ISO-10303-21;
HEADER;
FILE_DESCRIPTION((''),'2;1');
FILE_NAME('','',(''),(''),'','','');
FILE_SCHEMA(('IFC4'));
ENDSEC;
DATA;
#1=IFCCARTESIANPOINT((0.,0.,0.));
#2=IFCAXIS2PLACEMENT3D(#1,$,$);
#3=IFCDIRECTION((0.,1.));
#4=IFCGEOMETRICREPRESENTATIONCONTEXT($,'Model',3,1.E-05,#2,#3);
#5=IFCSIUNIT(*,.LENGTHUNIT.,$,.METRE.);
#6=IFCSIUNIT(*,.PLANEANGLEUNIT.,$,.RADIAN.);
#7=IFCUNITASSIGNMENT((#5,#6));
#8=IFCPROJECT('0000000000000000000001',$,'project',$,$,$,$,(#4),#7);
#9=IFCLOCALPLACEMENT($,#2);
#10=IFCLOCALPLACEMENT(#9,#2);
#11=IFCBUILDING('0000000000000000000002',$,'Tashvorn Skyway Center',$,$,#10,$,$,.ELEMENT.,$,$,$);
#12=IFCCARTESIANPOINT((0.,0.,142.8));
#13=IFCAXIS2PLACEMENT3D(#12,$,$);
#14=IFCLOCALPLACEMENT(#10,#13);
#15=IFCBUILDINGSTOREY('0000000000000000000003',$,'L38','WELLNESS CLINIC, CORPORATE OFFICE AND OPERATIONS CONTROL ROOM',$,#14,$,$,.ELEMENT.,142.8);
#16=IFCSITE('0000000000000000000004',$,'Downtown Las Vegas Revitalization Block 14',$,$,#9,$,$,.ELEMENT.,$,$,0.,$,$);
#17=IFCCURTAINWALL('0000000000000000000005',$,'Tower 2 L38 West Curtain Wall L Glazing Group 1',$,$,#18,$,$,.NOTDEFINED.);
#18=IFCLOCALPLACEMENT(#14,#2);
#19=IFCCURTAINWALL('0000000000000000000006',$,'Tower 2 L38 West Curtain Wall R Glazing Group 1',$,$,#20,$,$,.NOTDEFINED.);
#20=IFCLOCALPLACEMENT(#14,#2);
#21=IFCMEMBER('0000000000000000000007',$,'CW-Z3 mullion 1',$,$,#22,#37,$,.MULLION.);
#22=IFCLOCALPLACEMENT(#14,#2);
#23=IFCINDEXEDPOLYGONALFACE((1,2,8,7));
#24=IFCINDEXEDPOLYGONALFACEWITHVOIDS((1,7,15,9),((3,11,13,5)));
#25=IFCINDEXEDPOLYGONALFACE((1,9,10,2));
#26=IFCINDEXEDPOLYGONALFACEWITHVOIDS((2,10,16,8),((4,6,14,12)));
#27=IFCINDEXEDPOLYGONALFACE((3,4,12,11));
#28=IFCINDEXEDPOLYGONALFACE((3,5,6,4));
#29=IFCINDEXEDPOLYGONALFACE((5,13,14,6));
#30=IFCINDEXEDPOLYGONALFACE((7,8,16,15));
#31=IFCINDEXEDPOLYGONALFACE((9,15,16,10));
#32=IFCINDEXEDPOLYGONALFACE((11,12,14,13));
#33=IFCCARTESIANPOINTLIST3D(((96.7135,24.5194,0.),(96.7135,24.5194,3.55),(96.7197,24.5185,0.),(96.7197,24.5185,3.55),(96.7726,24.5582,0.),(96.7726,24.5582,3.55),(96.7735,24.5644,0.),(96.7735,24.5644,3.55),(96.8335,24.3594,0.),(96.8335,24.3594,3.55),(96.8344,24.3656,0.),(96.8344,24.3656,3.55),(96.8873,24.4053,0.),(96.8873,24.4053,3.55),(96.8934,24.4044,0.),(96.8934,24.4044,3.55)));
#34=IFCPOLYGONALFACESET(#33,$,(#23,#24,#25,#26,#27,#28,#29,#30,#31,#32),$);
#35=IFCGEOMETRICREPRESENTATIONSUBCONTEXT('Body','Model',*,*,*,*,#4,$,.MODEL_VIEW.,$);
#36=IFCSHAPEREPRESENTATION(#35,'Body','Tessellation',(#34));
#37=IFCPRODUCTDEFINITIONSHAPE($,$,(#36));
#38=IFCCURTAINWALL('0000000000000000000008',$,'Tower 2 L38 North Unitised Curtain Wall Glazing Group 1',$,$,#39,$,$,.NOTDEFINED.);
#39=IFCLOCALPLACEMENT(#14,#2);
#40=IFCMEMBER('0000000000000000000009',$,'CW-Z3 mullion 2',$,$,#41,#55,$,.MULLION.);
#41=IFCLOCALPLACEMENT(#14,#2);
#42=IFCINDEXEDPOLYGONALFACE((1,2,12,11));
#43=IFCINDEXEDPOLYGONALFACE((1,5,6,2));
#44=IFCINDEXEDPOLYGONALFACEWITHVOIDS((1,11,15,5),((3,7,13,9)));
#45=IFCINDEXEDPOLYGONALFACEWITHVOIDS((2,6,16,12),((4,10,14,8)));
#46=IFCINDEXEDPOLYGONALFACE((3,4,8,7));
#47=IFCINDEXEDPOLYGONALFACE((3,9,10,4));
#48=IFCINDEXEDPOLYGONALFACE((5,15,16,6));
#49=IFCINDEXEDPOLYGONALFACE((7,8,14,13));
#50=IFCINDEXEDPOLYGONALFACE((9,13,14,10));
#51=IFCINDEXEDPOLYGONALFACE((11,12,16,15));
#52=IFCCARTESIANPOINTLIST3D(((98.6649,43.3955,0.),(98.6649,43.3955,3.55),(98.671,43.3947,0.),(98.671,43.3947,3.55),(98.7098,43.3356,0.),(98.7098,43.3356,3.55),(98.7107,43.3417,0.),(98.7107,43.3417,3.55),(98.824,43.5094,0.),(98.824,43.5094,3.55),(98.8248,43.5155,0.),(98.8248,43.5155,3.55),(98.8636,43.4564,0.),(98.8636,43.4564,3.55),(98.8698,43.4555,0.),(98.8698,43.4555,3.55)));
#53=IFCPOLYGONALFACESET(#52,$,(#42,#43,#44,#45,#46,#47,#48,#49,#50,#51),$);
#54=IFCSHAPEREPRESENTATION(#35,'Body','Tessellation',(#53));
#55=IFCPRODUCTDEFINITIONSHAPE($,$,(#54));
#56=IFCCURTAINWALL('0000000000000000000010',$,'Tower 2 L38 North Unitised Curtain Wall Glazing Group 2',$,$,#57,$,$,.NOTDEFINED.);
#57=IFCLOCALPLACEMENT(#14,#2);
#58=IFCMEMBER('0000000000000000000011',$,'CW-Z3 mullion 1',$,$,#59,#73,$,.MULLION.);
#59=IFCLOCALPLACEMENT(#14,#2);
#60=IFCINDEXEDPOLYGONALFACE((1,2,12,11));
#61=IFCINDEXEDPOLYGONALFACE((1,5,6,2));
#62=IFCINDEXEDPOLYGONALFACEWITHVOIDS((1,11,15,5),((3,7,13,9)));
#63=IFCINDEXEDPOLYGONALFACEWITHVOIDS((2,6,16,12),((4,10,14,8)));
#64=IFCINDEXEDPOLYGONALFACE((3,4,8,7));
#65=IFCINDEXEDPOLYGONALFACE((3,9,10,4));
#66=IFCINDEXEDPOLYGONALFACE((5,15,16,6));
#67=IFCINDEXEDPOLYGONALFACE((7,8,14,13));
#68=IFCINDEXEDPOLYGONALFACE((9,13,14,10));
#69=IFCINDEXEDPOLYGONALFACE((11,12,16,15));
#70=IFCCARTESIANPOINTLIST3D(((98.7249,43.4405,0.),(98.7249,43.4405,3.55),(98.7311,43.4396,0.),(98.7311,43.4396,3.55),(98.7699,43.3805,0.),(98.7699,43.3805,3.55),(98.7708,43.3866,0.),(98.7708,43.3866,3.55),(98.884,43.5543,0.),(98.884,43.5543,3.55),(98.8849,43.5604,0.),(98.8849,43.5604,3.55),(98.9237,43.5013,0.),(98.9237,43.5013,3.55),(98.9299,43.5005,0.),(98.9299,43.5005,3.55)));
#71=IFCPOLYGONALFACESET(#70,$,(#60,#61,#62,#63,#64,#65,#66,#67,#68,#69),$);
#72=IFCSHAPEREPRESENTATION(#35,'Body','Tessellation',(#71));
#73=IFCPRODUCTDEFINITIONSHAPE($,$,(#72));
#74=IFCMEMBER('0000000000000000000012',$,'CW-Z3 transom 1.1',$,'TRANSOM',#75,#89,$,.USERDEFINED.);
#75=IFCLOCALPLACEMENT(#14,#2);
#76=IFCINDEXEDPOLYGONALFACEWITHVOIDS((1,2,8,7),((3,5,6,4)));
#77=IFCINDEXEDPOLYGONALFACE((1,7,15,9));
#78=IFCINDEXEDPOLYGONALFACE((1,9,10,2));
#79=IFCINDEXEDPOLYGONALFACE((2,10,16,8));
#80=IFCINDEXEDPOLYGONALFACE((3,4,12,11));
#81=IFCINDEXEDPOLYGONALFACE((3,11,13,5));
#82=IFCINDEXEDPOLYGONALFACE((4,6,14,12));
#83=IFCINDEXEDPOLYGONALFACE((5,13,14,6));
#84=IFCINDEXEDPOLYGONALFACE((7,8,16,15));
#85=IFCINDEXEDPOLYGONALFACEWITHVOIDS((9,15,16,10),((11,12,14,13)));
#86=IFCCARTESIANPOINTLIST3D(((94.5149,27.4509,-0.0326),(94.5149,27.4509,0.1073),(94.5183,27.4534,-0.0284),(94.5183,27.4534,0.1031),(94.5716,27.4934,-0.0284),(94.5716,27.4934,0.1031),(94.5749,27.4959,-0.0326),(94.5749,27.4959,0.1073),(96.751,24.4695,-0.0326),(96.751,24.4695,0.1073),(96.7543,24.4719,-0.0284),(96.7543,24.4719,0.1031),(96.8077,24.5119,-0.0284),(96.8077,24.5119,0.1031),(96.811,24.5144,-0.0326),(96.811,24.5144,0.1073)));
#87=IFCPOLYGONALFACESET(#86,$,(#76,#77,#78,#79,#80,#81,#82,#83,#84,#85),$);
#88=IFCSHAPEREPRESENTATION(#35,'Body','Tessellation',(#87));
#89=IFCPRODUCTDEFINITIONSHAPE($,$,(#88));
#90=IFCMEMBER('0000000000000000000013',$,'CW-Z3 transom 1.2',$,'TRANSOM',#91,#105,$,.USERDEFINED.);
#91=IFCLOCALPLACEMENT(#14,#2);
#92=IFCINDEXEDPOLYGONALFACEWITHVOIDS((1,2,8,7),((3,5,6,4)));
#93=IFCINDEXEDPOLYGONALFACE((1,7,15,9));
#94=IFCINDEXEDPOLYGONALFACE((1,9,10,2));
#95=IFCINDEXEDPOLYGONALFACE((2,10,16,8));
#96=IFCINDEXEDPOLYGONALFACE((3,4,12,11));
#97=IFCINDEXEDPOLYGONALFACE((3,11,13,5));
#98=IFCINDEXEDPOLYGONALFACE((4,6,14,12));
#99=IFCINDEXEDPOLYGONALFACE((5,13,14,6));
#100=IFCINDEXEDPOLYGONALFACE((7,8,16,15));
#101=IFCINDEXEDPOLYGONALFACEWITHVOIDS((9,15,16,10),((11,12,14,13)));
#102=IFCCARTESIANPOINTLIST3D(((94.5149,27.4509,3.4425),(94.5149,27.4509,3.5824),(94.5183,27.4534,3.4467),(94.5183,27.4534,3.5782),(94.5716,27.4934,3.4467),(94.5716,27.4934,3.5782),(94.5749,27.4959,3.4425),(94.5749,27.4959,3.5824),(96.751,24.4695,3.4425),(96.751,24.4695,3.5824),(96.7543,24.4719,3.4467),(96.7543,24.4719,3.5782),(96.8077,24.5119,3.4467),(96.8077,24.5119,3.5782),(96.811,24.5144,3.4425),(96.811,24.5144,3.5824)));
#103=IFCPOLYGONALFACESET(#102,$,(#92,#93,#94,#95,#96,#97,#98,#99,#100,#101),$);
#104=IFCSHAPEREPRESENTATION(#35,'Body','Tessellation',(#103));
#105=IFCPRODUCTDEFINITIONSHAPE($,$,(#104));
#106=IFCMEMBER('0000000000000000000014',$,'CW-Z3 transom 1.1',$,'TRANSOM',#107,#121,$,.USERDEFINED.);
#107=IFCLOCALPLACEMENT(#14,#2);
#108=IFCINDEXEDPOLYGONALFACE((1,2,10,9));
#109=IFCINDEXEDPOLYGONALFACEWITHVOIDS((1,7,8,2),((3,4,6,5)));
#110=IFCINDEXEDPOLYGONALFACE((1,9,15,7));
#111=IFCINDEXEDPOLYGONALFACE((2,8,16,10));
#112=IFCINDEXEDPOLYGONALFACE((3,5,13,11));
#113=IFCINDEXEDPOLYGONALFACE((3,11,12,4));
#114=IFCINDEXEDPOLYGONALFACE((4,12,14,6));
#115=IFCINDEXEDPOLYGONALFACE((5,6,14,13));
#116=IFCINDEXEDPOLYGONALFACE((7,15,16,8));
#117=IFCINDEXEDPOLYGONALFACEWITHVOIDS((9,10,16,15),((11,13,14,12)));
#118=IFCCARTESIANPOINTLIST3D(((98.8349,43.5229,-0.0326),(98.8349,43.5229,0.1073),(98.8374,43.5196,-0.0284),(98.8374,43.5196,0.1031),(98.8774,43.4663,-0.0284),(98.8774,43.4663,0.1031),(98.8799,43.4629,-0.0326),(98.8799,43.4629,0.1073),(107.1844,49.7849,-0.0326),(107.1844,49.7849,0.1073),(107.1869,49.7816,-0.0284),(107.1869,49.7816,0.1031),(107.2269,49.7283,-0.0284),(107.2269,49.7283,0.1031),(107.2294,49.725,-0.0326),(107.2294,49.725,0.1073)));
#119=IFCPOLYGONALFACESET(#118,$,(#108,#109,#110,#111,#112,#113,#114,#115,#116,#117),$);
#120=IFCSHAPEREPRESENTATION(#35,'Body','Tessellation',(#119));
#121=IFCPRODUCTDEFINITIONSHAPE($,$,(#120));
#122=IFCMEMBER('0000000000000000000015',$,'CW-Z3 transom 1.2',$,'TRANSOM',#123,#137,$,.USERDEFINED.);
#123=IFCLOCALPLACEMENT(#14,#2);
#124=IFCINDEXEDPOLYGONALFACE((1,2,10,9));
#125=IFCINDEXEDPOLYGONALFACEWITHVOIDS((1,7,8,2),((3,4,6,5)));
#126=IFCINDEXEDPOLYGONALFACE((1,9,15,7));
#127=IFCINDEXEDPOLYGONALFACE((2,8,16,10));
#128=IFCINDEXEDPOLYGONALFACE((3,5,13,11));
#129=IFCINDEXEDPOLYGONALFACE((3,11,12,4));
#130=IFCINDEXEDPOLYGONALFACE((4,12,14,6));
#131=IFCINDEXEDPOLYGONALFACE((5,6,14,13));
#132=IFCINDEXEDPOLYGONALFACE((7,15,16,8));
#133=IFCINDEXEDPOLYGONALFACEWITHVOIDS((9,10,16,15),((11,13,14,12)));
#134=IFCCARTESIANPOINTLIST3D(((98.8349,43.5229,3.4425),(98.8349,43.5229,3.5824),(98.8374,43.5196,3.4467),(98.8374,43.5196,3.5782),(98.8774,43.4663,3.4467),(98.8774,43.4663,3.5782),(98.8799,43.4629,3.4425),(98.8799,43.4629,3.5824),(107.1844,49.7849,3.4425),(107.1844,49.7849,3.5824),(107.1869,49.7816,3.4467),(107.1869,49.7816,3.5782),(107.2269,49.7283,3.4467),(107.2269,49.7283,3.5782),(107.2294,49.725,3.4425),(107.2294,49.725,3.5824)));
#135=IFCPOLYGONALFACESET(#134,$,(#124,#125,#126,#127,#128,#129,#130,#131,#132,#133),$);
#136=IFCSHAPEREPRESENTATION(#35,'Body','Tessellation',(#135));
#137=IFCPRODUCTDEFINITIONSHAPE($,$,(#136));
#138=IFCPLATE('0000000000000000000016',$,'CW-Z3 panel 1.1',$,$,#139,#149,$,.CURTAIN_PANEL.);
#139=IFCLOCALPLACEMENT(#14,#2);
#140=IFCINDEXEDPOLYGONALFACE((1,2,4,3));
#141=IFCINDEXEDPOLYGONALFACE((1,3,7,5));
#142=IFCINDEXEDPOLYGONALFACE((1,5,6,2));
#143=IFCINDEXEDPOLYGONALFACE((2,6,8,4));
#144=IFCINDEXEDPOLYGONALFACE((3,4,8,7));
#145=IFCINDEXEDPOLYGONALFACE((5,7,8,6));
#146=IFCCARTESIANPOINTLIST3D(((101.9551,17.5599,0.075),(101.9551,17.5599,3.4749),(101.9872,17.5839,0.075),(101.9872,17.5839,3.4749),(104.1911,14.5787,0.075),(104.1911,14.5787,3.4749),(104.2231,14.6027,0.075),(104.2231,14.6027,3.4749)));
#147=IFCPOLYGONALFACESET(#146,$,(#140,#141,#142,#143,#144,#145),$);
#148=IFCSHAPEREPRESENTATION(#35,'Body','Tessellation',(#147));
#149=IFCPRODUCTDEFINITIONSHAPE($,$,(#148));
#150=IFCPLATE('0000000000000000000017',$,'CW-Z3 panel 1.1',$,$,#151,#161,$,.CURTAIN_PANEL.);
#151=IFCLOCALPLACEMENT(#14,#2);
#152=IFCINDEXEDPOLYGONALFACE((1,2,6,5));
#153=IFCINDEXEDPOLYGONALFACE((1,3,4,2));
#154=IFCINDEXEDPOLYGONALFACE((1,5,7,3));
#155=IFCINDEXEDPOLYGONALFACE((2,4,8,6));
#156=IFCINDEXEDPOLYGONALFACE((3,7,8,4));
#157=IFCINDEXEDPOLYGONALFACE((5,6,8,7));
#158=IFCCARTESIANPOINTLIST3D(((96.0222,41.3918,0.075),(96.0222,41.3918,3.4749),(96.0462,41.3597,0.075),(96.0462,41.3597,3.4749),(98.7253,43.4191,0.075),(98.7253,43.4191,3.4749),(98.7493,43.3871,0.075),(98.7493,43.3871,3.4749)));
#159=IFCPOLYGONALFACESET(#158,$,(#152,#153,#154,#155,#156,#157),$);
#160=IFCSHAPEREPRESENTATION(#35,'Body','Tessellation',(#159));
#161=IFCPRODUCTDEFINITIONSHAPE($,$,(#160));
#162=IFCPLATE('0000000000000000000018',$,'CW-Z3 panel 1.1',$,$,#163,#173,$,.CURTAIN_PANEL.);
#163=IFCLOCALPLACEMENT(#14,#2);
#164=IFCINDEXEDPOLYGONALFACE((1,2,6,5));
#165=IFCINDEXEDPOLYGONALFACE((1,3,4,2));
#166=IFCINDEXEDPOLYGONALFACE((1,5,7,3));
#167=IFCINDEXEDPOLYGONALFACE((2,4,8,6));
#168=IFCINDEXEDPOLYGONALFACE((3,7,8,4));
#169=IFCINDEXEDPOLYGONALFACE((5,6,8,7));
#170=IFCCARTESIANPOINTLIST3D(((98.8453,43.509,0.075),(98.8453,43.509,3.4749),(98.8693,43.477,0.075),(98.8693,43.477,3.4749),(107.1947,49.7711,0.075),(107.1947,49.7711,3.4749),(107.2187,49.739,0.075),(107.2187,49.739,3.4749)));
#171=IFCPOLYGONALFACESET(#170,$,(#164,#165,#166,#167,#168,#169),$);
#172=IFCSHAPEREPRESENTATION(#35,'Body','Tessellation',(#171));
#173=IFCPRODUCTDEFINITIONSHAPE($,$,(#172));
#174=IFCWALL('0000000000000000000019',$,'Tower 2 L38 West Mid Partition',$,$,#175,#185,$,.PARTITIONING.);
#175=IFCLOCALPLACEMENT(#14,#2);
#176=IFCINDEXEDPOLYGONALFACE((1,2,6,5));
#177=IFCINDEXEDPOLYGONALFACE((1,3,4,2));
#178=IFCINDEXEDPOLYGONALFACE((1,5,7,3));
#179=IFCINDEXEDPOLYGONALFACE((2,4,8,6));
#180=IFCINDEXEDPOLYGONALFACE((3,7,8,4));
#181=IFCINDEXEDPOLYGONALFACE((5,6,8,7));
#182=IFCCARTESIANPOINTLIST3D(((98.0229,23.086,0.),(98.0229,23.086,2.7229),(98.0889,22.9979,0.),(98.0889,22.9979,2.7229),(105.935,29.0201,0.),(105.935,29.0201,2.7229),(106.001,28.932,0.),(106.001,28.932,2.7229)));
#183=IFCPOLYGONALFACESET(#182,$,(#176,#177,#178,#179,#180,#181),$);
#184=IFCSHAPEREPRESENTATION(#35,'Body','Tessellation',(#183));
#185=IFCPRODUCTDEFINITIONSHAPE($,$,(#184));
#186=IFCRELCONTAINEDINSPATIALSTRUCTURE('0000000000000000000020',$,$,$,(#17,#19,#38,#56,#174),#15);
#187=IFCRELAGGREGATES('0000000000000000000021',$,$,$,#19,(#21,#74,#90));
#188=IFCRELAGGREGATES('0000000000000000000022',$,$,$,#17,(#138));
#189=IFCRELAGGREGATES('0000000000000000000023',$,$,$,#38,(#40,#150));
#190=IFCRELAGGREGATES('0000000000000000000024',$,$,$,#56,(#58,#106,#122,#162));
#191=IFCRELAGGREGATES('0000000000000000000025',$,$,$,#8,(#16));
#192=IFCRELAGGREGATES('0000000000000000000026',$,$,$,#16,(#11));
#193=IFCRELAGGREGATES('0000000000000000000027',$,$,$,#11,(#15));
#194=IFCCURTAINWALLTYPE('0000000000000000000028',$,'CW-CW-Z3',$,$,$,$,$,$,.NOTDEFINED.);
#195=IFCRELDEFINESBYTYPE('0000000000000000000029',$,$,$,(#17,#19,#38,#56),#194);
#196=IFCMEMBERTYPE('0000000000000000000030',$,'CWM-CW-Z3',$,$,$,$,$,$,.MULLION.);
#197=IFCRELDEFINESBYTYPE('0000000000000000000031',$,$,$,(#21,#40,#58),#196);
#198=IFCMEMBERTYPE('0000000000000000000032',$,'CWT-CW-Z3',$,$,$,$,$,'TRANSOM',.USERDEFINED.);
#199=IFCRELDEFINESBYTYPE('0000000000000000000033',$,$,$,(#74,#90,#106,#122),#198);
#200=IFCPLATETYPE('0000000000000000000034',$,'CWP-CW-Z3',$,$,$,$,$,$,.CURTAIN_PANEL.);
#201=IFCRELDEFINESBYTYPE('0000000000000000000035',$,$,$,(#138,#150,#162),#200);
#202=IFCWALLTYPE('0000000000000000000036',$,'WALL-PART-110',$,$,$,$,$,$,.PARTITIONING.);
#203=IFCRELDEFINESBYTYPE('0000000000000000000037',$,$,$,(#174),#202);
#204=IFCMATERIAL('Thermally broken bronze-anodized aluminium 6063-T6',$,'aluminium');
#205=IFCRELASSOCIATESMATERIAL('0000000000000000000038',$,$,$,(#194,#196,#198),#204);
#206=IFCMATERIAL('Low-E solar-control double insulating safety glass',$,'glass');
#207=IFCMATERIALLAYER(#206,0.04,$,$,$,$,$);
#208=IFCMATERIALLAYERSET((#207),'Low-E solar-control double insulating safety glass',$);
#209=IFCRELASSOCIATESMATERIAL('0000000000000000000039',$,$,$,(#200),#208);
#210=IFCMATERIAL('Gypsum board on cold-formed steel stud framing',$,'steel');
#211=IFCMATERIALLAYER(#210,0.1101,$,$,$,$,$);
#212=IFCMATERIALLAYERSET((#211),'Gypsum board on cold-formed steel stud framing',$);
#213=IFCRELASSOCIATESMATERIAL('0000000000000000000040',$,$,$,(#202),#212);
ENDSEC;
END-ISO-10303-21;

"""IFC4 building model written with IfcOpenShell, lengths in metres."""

from ifc_helpers import new_model, si_unit, direction, frame, frame_2d, origin, origin_2d, place, context, subcontext, project, spatial, rectangle, hollow_rectangle, extrude, material, layer, layer_set, material_profile, profile_set, type_object, element, aggregate, save


model = new_model("IFC4")

# Units and contexts
model_context = context("Model", 3, precision=1e-05, world=origin(), true_north=direction((0.0, 1.0)))
body_context = subcontext(model_context, "Body", "Model", "MODEL_VIEW")
ifc_project = project(units=[si_unit("LENGTHUNIT", "METRE"), si_unit("PLANEANGLEUNIT", "RADIAN")], contexts=[model_context])

# Site, building, storey
site_placement = place(None, origin())
site = spatial("IfcSite", under=ifc_project, at=site_placement, Name="Downtown Las Vegas Revitalization Block 14", CompositionType="ELEMENT", RefElevation=0.0)
building_placement = place(site_placement, origin())
building = spatial("IfcBuilding", under=site, at=building_placement, Name="Tashvorn Skyway Center", CompositionType="ELEMENT")
storey_placement = place(building_placement, frame((0.0, 0.0, 142.8)))
storey = spatial("IfcBuildingStorey", under=building, at=storey_placement, Name="L38", Description="WELLNESS CLINIC, CORPORATE OFFICE AND OPERATIONS CONTROL ROOM", CompositionType="ELEMENT", Elevation=142.8)

# Curtain walls, members
ifc_material_1 = material(Name="Thermally broken bronze-anodized aluminium 6063-T6", Category="aluminium")
curtain_wall_type = type_object("IfcCurtainWallType", Name="CW-CW-Z3", PredefinedType="NOTDEFINED", material=ifc_material_1)
curtain_wall_1_placement = place(storey_placement, origin())
curtain_wall_1 = element("IfcCurtainWall", 1, at=curtain_wall_1_placement, inside=storey, type_object=curtain_wall_type, Name="Tower 2 L38 West Curtain Wall L Glazing Group 1", PredefinedType="NOTDEFINED")
ifc_material_profile_1 = material_profile(ifc_material_1, hollow_rectangle(XDim=0.075, YDim=0.2, WallThickness=0.0044, at=origin_2d()), Name="ALU-MULL-75x200")
ifc_profile_set_1 = profile_set([ifc_material_profile_1], Name="Thermally broken bronze-anodized aluminium 6063-T6")
member_type_1 = type_object("IfcMemberType", Name="CWM-CW-Z3", PredefinedType="MULLION", material=ifc_profile_set_1)
curtain_wall_2_placement = place(storey_placement, origin())
curtain_wall_2 = element("IfcCurtainWall", 2, at=curtain_wall_2_placement, inside=storey, type_object=curtain_wall_type, Name="Tower 2 L38 West Curtain Wall R Glazing Group 1", PredefinedType="NOTDEFINED")
member_1_placement = place(storey_placement, frame((96.8035, 24.4619, 0.0), z_axis=(0.0, 0.0, 1.0), x_axis=(-0.799997, -0.600004, 0.0)))
member_1 = element("IfcMember", 3, at=member_1_placement, type_object=member_type_1, Name="CW-Z3 mullion 1", PredefinedType="MULLION", context=body_context, shape_type="SweptSolid", body=[
    extrude(hollow_rectangle(XDim=0.075, YDim=0.2, WallThickness=0.0044, at=origin_2d()), origin(), (0.0, 0.0, 1.0), 3.55),
])
curtain_wall_3_placement = place(storey_placement, origin())
curtain_wall_3 = element("IfcCurtainWall", 4, at=curtain_wall_3_placement, inside=storey, type_object=curtain_wall_type, Name="Tower 2 L38 North Unitised Curtain Wall Glazing Group 1", PredefinedType="NOTDEFINED")
member_2_placement = place(storey_placement, frame((98.7673, 43.4255, 0.0), z_axis=(0.0, 0.0, 1.0), x_axis=(-0.599995, 0.800003, 0.0)))
member_2 = element("IfcMember", 5, at=member_2_placement, type_object=member_type_1, Name="CW-Z3 mullion 2", PredefinedType="MULLION", context=body_context, shape_type="SweptSolid", body=[
    extrude(hollow_rectangle(XDim=0.075, YDim=0.2, WallThickness=0.0044, at=origin_2d()), origin(), (0.0, 0.0, 1.0), 3.55),
])
curtain_wall_4_placement = place(storey_placement, origin())
curtain_wall_4 = element("IfcCurtainWall", 6, at=curtain_wall_4_placement, inside=storey, type_object=curtain_wall_type, Name="Tower 2 L38 North Unitised Curtain Wall Glazing Group 2", PredefinedType="NOTDEFINED")
member_3_placement = place(storey_placement, frame((98.8274, 43.4705, 0.0), z_axis=(0.0, 0.0, 1.0), x_axis=(-0.599997, 0.800002, 0.0)))
member_3 = element("IfcMember", 7, at=member_3_placement, type_object=member_type_1, Name="CW-Z3 mullion 1", PredefinedType="MULLION", context=body_context, shape_type="SweptSolid", body=[
    extrude(hollow_rectangle(XDim=0.075, YDim=0.2, WallThickness=0.0044, at=origin_2d()), origin(), (0.0, 0.0, 1.0), 3.55),
])

# Members
ifc_material_profile_2 = material_profile(ifc_material_1, hollow_rectangle(XDim=0.075, YDim=0.1399, WallThickness=0.0042, at=origin_2d()), Name="ALU-TRAN-75x140")
ifc_profile_set_2 = profile_set([ifc_material_profile_2], Name="Thermally broken bronze-anodized aluminium 6063-T6")
member_type_2 = type_object("IfcMemberType", Name="CWT-CW-Z3", ElementType="TRANSOM", PredefinedType="USERDEFINED", material=ifc_profile_set_2)
member_4_placement = place(storey_placement, frame((96.781, 24.4919, 0.0374), z_axis=(-0.6, 0.8, 0.0), x_axis=(-0.8, -0.6, 0.0)))
member_4 = element("IfcMember", 8, at=member_4_placement, type_object=member_type_2, Name="CW-Z3 transom 1.1", ObjectType="TRANSOM", PredefinedType="USERDEFINED", context=body_context, shape_type="SweptSolid", body=[
    extrude(hollow_rectangle(XDim=0.075, YDim=0.1399, WallThickness=0.0042, at=origin_2d()), origin(), (0.0, 0.0, 1.0), 3.7268),
])
member_5_placement = place(storey_placement, frame((96.781, 24.4919, 3.5125), z_axis=(-0.6, 0.8, 0.0), x_axis=(-0.8, -0.6, 0.0)))
member_5 = element("IfcMember", 9, at=member_5_placement, type_object=member_type_2, Name="CW-Z3 transom 1.2", ObjectType="TRANSOM", PredefinedType="USERDEFINED", context=body_context, shape_type="SweptSolid", body=[
    extrude(hollow_rectangle(XDim=0.075, YDim=0.1399, WallThickness=0.0042, at=origin_2d()), origin(), (0.0, 0.0, 1.0), 3.7268),
])
aggregate(curtain_wall_2, [member_1, member_4, member_5])
member_6_placement = place(storey_placement, frame((98.8574, 43.4929, 0.0374), z_axis=(0.800003, 0.599996, 0.0), x_axis=(-0.599996, 0.800003, 0.0)))
member_6 = element("IfcMember", 10, at=member_6_placement, type_object=member_type_2, Name="CW-Z3 transom 1.1", ObjectType="TRANSOM", PredefinedType="USERDEFINED", context=body_context, shape_type="SweptSolid", body=[
    extrude(hollow_rectangle(XDim=0.075, YDim=0.1399, WallThickness=0.0042, at=origin_2d()), origin(), (0.0, 0.0, 1.0), 10.4368),
])
member_7_placement = place(storey_placement, frame((98.8574, 43.4929, 3.5125), z_axis=(0.800003, 0.599996, 0.0), x_axis=(-0.599996, 0.800003, 0.0)))
member_7 = element("IfcMember", 11, at=member_7_placement, type_object=member_type_2, Name="CW-Z3 transom 1.2", ObjectType="TRANSOM", PredefinedType="USERDEFINED", context=body_context, shape_type="SweptSolid", body=[
    extrude(hollow_rectangle(XDim=0.075, YDim=0.1399, WallThickness=0.0042, at=origin_2d()), origin(), (0.0, 0.0, 1.0), 10.4368),
])

# Plates
ifc_material_2 = material(Name="Low-E solar-control double insulating safety glass", Category="glass")
ifc_layer_1 = layer(ifc_material_2, 0.04)
ifc_layer_set_1 = layer_set([ifc_layer_1], Name="Low-E solar-control double insulating safety glass")
plate_type = type_object("IfcPlateType", Name="CWP-CW-Z3", PredefinedType="CURTAIN_PANEL", material=ifc_layer_set_1)
plate_1_placement = place(storey_placement, frame((103.0891, 16.0813, 0.075), z_axis=(0.0, 0.0, 1.0), x_axis=(-0.600004, 0.799997, 0.0)))
plate_1 = element("IfcPlate", 12, at=plate_1_placement, type_object=plate_type, Name="CW-Z3 panel 1.1", PredefinedType="CURTAIN_PANEL", context=body_context, shape_type="SweptSolid", body=[
    extrude(rectangle(XDim=3.7266, YDim=0.04, at=origin_2d()), origin(), (0.0, 0.0, 1.0), 3.3999),
])
aggregate(curtain_wall_1, [plate_1])
plate_2_placement = place(storey_placement, frame((97.3857, 42.3894, 0.075), z_axis=(0.0, 0.0, 1.0), x_axis=(0.800003, 0.599995, 0.0)))
plate_2 = element("IfcPlate", 13, at=plate_2_placement, type_object=plate_type, Name="CW-Z3 panel 1.1", PredefinedType="CURTAIN_PANEL", context=body_context, shape_type="SweptSolid", body=[
    extrude(rectangle(XDim=3.3789, YDim=0.04, at=origin_2d()), origin(), (0.0, 0.0, 1.0), 3.3999),
])
aggregate(curtain_wall_3, [member_2, plate_2])
plate_3_placement = place(storey_placement, frame((103.032, 46.624, 0.075), z_axis=(0.0, 0.0, 1.0), x_axis=(0.800002, 0.599997, 0.0)))
plate_3 = element("IfcPlate", 14, at=plate_3_placement, type_object=plate_type, Name="CW-Z3 panel 1.1", PredefinedType="CURTAIN_PANEL", context=body_context, shape_type="SweptSolid", body=[
    extrude(rectangle(XDim=10.4368, YDim=0.04, at=origin_2d()), origin(), (0.0, 0.0, 1.0), 3.3999),
])
aggregate(curtain_wall_4, [member_3, member_6, member_7, plate_3])

# Wall
ifc_material_3 = material(Name="Gypsum board on cold-formed steel stud framing", Category="steel")
ifc_layer_2 = layer(ifc_material_3, 0.1101)
ifc_layer_set_2 = layer_set([ifc_layer_2], Name="Gypsum board on cold-formed steel stud framing")
wall_type_1 = type_object("IfcWallType", Name="WALL-PART-110", PredefinedType="PARTITIONING", material=ifc_layer_set_2)
wall_1_placement = place(storey_placement, frame((98.0559, 23.042, 0.0), z_axis=(0.0, 0.0, 1.0), x_axis=(0.8, 0.6, 0.0)))
element("IfcWall", 15, at=wall_1_placement, inside=storey, type_object=wall_type_1, Name="Tower 2 L38 West Mid Partition", PredefinedType="PARTITIONING", context=body_context, shape_type="SweptSolid", body=[
    extrude(rectangle(XDim=9.8901, YDim=0.1101, at=frame_2d((4.9451, 0.0))), origin(), (0.0, 0.0, 1.0), 2.7229),
])

save(model, "model.ifc")
